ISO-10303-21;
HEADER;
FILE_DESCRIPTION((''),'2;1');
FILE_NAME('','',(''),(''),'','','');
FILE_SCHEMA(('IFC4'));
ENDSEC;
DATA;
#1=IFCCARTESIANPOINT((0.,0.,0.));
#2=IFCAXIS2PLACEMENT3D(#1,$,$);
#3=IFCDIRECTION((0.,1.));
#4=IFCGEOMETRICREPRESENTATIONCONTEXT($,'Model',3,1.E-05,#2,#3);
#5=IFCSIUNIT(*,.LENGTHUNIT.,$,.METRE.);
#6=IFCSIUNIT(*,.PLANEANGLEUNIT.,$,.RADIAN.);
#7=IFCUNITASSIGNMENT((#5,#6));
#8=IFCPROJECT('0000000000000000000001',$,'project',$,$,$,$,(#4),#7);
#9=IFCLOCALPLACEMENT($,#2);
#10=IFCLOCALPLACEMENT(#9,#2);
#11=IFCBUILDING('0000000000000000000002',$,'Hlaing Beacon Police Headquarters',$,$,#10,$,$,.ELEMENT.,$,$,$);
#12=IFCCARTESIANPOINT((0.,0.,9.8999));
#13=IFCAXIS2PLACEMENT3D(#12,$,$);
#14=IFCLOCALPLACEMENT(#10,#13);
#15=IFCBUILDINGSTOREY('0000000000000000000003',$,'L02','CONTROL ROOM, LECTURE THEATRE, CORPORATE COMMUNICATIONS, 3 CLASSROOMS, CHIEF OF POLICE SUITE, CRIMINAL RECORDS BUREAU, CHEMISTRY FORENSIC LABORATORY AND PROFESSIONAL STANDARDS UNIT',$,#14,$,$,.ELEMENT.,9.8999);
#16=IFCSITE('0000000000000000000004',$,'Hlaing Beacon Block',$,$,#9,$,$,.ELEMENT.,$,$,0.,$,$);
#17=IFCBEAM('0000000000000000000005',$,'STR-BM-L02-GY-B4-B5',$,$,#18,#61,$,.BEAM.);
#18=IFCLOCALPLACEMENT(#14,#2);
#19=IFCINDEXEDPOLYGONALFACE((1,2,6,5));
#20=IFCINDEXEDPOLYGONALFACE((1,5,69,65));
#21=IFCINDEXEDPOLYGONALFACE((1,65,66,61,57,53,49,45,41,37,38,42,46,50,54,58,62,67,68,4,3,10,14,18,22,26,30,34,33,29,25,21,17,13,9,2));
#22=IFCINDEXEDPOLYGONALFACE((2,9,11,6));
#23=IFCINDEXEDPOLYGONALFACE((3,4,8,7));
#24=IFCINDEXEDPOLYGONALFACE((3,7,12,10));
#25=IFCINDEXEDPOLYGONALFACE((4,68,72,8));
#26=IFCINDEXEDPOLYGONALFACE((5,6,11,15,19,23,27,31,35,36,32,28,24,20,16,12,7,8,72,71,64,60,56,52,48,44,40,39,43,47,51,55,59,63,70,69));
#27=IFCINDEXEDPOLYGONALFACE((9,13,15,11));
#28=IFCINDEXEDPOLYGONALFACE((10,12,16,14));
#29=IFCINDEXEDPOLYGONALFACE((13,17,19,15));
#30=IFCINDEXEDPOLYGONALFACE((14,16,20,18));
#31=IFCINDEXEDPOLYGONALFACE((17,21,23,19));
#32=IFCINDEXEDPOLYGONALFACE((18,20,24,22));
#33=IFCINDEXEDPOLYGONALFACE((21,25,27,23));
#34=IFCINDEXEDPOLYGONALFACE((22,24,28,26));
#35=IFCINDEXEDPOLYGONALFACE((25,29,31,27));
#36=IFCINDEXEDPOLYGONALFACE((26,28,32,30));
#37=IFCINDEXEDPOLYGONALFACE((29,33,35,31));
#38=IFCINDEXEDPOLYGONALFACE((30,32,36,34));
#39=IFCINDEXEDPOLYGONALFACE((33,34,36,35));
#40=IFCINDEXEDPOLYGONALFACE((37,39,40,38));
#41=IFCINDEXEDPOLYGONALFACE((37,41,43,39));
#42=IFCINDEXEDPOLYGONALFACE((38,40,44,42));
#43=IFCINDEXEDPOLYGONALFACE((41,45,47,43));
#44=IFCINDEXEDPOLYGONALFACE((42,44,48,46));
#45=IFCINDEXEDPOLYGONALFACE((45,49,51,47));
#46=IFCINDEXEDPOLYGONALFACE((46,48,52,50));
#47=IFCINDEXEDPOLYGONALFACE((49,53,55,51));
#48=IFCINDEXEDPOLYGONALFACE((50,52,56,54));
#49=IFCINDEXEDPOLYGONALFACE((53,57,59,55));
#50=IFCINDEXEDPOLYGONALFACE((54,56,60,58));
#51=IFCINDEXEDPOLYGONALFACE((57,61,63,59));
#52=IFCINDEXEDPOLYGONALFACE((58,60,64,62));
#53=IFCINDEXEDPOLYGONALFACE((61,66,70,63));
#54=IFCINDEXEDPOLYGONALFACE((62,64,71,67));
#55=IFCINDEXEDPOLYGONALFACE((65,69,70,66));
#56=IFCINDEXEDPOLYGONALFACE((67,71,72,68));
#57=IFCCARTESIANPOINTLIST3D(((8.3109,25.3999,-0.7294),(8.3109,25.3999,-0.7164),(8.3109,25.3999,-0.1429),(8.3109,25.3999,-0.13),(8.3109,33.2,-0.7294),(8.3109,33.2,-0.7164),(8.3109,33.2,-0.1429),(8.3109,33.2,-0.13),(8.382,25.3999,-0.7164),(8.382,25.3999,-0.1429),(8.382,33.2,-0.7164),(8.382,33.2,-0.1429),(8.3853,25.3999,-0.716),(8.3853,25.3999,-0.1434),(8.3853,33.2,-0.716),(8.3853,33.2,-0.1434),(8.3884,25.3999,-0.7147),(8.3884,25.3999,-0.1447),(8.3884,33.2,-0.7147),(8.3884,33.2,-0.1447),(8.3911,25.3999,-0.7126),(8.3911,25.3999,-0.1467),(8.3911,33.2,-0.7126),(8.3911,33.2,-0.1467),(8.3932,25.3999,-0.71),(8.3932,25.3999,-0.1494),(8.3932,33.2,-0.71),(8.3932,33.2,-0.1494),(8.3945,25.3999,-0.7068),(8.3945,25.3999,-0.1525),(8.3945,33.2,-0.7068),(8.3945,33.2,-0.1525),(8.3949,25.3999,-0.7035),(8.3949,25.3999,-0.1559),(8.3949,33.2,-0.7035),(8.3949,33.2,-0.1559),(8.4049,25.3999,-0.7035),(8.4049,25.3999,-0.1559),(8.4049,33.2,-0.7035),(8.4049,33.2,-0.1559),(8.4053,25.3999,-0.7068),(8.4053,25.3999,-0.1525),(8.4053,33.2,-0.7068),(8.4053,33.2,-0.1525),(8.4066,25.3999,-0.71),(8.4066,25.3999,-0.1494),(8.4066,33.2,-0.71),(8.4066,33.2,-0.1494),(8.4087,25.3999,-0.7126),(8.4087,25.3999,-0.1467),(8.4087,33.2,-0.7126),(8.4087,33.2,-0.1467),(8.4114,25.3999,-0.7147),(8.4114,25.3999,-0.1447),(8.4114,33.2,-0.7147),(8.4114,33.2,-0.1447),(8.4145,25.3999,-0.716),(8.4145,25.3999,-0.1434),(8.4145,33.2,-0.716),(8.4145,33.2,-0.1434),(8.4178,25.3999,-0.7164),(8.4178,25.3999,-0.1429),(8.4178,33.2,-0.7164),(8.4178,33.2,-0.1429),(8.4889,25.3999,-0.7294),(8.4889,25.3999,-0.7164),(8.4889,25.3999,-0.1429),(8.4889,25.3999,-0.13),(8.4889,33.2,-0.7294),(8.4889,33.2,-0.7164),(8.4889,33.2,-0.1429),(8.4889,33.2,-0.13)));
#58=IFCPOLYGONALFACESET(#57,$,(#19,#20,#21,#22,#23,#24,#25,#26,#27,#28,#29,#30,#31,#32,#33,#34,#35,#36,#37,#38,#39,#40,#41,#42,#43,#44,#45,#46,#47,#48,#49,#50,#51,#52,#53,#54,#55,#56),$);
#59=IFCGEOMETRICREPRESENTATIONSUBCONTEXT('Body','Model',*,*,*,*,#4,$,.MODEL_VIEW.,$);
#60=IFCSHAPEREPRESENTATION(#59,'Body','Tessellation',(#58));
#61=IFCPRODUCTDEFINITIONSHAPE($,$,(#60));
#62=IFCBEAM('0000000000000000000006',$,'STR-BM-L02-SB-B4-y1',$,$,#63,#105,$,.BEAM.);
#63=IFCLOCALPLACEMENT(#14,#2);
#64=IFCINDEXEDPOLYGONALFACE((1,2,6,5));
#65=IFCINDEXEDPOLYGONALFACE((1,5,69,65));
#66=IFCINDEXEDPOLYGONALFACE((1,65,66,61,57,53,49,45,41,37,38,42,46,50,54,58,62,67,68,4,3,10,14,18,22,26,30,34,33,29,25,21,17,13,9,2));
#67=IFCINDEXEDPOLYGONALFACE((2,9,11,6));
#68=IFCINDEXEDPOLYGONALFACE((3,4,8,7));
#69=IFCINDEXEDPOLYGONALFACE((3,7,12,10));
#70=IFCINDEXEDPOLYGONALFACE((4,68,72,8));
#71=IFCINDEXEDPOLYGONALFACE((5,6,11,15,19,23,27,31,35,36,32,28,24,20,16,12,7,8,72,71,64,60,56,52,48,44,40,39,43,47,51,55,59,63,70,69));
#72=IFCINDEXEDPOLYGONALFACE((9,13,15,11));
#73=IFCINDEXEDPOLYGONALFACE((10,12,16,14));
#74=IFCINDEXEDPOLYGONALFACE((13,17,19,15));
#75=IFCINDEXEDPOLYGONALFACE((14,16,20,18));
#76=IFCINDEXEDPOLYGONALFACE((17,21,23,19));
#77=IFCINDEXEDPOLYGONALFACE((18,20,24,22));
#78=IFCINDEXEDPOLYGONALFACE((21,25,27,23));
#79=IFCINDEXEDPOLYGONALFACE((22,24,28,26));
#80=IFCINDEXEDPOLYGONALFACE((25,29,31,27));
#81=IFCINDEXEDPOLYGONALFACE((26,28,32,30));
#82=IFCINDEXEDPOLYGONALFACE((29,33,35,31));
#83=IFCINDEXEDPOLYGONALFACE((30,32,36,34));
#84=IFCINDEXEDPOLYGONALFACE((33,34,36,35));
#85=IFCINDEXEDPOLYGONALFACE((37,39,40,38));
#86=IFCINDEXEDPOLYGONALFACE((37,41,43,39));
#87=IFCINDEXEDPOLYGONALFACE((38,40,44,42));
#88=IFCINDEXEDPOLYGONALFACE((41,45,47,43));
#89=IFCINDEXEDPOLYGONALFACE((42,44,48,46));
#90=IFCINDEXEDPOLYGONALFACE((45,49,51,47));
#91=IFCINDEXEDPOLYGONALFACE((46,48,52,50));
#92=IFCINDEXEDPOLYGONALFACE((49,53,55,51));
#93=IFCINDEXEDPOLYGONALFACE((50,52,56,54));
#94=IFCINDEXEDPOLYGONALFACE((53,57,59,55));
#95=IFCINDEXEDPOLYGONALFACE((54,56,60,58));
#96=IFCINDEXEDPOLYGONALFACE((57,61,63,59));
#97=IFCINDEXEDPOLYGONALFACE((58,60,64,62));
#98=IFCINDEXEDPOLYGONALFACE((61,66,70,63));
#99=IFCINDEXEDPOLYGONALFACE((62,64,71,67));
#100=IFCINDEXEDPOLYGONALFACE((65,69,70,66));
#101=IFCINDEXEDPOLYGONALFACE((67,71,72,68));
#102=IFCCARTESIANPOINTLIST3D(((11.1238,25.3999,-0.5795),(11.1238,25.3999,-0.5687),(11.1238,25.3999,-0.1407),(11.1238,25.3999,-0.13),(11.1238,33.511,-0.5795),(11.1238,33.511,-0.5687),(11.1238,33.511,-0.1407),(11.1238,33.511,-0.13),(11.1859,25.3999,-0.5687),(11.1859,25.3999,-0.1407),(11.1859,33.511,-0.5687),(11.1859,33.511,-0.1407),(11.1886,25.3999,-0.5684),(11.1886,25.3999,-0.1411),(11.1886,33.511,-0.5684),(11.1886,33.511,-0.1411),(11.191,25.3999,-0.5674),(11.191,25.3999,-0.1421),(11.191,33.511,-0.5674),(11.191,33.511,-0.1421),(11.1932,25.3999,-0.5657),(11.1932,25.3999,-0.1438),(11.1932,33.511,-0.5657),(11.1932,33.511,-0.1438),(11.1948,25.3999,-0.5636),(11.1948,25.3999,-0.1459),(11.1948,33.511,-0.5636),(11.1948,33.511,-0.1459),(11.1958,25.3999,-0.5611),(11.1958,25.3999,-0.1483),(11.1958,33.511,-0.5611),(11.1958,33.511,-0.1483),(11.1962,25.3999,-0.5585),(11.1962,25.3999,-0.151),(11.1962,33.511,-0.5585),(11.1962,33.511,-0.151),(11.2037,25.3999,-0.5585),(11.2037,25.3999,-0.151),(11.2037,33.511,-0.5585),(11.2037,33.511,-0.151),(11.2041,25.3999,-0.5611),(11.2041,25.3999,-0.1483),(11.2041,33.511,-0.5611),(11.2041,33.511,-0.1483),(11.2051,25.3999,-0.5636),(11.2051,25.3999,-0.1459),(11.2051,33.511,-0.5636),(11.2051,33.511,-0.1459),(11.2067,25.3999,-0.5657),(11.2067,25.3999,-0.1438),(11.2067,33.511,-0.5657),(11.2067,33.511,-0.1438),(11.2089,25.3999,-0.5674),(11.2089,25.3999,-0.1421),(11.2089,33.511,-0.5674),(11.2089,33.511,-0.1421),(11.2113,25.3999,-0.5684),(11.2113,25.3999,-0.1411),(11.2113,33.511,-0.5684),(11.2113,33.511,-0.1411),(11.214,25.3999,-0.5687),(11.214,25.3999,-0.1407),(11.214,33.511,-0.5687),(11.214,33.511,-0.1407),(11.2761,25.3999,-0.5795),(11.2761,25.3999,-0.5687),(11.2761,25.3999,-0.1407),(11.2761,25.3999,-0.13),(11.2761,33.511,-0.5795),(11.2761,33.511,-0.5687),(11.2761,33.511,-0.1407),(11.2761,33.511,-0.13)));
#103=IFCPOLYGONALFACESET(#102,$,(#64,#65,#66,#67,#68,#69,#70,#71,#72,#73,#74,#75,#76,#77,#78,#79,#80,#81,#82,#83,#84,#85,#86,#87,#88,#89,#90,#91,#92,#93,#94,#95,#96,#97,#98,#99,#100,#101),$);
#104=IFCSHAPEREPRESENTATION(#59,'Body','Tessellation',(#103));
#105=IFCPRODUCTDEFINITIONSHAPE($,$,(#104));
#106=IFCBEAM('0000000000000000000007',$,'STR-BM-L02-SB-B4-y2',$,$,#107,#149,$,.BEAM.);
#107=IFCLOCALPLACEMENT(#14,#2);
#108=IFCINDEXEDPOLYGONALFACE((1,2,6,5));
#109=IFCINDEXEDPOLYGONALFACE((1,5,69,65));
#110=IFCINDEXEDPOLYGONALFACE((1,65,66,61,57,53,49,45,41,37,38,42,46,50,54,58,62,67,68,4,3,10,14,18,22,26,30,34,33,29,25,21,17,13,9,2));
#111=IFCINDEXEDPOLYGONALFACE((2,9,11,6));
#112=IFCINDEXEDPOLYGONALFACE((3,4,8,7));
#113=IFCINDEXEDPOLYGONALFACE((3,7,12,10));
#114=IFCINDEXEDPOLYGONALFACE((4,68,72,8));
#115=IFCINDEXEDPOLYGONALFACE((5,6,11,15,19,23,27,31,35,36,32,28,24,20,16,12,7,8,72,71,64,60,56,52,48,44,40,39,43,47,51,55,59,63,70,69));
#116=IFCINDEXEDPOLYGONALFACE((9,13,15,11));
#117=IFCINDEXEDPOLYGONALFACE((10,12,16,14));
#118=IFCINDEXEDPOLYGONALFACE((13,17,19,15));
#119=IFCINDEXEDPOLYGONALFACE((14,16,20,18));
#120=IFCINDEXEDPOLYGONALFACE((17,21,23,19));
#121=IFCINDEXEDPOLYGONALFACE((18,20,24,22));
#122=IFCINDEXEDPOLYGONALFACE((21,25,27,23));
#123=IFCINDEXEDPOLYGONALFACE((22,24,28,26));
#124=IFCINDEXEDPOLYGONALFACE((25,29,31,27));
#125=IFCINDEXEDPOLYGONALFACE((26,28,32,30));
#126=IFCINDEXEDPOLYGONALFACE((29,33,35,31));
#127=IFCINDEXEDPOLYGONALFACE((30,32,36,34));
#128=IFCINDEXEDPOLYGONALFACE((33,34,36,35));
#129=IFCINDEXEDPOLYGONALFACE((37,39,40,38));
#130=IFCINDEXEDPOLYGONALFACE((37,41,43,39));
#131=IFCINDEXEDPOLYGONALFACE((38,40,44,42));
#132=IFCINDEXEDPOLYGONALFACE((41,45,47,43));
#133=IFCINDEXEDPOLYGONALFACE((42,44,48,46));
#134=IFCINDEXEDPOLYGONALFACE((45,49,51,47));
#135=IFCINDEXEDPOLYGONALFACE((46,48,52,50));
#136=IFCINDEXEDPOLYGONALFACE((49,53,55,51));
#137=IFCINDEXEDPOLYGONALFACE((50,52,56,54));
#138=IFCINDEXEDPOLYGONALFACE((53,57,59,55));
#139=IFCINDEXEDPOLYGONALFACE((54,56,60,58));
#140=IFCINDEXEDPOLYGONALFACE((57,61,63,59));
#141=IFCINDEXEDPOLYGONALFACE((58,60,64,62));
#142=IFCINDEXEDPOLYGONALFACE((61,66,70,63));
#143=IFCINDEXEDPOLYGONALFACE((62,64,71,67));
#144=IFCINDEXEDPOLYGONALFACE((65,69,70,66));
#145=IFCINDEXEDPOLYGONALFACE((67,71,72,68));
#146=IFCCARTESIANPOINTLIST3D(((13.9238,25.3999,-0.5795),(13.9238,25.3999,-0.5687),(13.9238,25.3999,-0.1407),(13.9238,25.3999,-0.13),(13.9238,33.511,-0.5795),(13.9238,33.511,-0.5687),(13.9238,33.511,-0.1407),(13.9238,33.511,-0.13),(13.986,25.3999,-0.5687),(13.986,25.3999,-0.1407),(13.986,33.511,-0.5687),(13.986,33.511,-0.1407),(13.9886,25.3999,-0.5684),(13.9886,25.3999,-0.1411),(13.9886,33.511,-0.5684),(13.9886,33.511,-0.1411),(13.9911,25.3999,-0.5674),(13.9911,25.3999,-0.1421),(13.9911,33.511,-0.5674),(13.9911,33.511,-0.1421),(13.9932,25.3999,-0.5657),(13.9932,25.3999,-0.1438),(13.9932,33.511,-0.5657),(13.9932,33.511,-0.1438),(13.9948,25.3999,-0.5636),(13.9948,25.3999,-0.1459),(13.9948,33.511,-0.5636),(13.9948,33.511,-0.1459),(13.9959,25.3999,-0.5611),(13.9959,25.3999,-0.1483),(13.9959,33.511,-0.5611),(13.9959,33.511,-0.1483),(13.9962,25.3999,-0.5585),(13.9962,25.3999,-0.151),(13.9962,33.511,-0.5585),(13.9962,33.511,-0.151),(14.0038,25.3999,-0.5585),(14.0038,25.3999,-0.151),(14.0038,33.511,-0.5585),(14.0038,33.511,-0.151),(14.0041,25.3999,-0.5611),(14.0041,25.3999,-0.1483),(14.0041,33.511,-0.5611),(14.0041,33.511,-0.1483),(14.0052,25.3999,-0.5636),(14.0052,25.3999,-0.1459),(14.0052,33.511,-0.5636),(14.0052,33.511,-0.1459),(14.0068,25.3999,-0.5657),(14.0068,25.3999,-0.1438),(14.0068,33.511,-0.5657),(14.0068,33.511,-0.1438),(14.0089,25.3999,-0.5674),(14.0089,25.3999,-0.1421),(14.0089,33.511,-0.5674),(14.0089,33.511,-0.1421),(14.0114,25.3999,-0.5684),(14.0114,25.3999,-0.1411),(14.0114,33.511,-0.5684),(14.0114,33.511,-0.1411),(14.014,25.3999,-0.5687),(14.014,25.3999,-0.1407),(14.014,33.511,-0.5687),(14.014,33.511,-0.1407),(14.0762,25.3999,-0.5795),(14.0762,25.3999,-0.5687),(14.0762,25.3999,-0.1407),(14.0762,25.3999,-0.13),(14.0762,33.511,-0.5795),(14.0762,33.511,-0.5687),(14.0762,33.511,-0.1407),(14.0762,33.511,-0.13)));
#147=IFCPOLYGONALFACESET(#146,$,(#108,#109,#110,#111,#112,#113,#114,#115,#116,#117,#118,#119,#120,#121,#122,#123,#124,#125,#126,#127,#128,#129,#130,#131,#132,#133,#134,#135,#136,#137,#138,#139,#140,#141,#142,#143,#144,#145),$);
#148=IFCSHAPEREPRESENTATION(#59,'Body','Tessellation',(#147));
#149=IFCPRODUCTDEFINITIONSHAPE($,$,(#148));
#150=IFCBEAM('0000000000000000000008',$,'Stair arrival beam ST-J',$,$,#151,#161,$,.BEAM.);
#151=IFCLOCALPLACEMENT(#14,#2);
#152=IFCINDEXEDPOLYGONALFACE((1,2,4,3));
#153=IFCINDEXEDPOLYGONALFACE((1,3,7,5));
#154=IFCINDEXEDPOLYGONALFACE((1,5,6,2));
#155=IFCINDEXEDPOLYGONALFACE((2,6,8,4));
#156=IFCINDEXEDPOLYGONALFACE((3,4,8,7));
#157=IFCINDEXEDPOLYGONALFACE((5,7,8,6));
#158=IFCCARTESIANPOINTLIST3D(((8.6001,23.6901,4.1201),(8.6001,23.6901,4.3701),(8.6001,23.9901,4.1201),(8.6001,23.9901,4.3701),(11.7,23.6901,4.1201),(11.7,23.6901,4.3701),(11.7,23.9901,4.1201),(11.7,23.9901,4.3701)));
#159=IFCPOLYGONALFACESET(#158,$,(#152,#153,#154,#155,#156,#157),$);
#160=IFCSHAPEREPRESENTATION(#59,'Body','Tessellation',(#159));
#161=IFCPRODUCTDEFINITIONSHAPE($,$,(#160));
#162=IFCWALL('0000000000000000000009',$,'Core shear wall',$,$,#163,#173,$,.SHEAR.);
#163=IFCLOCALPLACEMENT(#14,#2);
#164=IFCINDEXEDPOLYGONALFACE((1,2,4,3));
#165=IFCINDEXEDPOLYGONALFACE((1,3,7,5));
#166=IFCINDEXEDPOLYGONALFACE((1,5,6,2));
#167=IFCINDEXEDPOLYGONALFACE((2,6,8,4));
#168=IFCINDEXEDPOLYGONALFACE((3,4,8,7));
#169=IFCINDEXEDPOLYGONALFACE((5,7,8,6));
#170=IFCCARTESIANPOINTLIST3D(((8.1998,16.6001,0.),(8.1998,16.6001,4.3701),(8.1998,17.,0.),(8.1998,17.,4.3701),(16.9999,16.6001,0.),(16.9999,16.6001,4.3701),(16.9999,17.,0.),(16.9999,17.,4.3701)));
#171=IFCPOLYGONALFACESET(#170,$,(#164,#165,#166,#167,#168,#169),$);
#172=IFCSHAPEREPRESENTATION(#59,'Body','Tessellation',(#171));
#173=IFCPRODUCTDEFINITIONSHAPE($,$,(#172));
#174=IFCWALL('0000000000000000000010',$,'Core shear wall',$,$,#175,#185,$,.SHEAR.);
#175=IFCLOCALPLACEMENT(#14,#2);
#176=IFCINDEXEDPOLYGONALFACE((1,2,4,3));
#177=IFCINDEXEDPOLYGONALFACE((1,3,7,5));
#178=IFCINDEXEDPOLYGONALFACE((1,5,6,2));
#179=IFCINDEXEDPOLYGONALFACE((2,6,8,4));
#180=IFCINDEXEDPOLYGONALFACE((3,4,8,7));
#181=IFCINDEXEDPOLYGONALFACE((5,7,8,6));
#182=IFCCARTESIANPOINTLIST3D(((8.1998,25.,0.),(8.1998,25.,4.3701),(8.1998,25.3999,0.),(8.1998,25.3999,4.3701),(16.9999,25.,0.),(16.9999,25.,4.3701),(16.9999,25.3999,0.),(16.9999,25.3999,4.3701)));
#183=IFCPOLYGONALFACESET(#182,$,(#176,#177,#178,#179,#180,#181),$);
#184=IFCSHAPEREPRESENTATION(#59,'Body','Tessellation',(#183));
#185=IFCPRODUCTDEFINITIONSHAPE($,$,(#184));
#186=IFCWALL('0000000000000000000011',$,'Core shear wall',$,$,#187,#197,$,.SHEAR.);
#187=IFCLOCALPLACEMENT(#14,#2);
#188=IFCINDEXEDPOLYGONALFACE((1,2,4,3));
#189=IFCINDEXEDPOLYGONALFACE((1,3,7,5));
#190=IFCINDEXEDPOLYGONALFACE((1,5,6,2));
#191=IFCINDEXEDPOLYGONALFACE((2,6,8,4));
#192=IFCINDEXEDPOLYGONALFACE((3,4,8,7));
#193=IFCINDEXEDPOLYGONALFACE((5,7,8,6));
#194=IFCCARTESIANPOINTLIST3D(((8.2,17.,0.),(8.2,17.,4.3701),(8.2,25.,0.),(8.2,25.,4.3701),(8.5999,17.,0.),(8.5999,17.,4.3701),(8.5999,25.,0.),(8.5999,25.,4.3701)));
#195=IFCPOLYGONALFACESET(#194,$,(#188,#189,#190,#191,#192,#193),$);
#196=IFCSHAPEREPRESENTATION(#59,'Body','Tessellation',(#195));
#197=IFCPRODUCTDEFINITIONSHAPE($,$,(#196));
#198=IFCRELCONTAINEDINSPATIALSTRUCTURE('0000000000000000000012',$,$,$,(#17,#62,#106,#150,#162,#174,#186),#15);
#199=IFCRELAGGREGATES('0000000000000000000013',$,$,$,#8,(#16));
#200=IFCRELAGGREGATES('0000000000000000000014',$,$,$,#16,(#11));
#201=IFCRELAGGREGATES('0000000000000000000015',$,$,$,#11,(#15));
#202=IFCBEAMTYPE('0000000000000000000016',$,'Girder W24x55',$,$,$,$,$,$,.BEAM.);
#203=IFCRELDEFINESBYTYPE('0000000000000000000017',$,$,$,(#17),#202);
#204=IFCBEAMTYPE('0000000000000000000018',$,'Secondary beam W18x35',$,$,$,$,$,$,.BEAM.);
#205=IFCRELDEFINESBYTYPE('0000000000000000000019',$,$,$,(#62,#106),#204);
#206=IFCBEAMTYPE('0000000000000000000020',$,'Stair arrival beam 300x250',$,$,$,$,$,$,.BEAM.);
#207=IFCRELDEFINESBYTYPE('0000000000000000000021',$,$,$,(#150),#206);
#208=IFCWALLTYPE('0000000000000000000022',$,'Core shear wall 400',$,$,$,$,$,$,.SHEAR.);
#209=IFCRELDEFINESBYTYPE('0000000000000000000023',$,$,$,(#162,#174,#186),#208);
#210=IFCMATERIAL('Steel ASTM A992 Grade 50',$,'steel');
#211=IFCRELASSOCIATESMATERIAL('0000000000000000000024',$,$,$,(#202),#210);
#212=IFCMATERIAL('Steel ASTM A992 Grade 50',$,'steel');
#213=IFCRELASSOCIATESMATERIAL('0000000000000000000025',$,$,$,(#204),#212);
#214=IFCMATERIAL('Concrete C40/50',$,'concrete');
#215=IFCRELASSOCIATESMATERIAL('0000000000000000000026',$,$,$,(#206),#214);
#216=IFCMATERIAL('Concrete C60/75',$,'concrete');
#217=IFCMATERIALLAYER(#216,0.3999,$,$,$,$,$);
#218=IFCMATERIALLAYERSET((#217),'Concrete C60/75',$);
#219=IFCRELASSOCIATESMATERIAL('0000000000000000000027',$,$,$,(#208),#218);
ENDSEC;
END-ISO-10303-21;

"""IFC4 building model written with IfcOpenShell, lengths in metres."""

from ifc_helpers import new_model, si_unit, direction, frame, frame_2d, origin, origin_2d, place, context, subcontext, project, spatial, rectangle, i_section, extrude, material, layer, layer_set, material_profile, profile_set, type_object, element, save


model = new_model("IFC4")

# Units and contexts
model_context = context("Model", 3, precision=1e-05, world=origin(), true_north=direction((0.0, 1.0)))
body_context = subcontext(model_context, "Body", "Model", "MODEL_VIEW")
ifc_project = project(units=[si_unit("LENGTHUNIT", "METRE"), si_unit("PLANEANGLEUNIT", "RADIAN")], contexts=[model_context])

# Site, building, storey
site_placement = place(None, origin())
site = spatial("IfcSite", under=ifc_project, at=site_placement, Name="Hlaing Beacon Block", CompositionType="ELEMENT", RefElevation=0.0)
building_placement = place(site_placement, origin())
building = spatial("IfcBuilding", under=site, at=building_placement, Name="Hlaing Beacon Police Headquarters", CompositionType="ELEMENT")
storey_placement = place(building_placement, frame((0.0, 0.0, 9.8999)))
storey = spatial("IfcBuildingStorey", under=building, at=storey_placement, Name="L02", Description="CONTROL ROOM, LECTURE THEATRE, CORPORATE COMMUNICATIONS, 3 CLASSROOMS, CHIEF OF POLICE SUITE, CRIMINAL RECORDS BUREAU, CHEMISTRY FORENSIC LABORATORY AND PROFESSIONAL STANDARDS UNIT", CompositionType="ELEMENT", Elevation=9.8999)

# Beams
ifc_material_1 = material(Name="Steel ASTM A992 Grade 50", Category="steel")
ifc_material_profile_1 = material_profile(ifc_material_1, i_section(OverallWidth=0.178, OverallDepth=0.5994, WebThickness=0.01, FlangeThickness=0.0129, FilletRadius=0.0129, at=origin_2d()), Name="W24x55")
ifc_profile_set_1 = profile_set([ifc_material_profile_1], Name="Steel ASTM A992 Grade 50")
beam_type_1 = type_object("IfcBeamType", Name="Girder W24x55", PredefinedType="BEAM", material=ifc_profile_set_1)
beam_1_placement = place(storey_placement, frame((8.3999, 25.3999, -0.4297), z_axis=(0.0, 1.0, 0.0), x_axis=(-1.0, 0.0, 0.0)))
element("IfcBeam", 1, at=beam_1_placement, inside=storey, type_object=beam_type_1, Name="STR-BM-L02-GY-B4-B5", PredefinedType="BEAM", context=body_context, shape_type="SweptSolid", body=[
    extrude(i_section(OverallWidth=0.178, OverallDepth=0.5994, WebThickness=0.01, FlangeThickness=0.0129, FilletRadius=0.0129, at=origin_2d()), origin(), (0.0, 0.0, 1.0), 7.8),
])
ifc_material_2 = material(Name="Steel ASTM A992 Grade 50", Category="steel")
ifc_material_profile_2 = material_profile(ifc_material_2, i_section(OverallWidth=0.1523, OverallDepth=0.4495, WebThickness=0.0076, FlangeThickness=0.0107, FilletRadius=0.0103, at=origin_2d()), Name="W18x35")
ifc_profile_set_2 = profile_set([ifc_material_profile_2], Name="Steel ASTM A992 Grade 50")
beam_type_2 = type_object("IfcBeamType", Name="Secondary beam W18x35", PredefinedType="BEAM", material=ifc_profile_set_2)
for number, where, z_axis, x_axis, name in (
    (2, (11.2, 25.3999, -0.3547), (0.0, 1.0, 0.0), (-1.0, 0.0, 0.0), "STR-BM-L02-SB-B4-y1"),
    (3, (14.0, 25.3999, -0.3547), (0.0, 1.0, 0.0), (-1.0, 0.0, 0.0), "STR-BM-L02-SB-B4-y2"),
):
    element("IfcBeam", number, at=place(storey_placement, frame(where, z_axis=z_axis, x_axis=x_axis)), inside=storey, type_object=beam_type_2, Name=name, PredefinedType="BEAM", context=body_context, shape_type="SweptSolid", body=[
        extrude(i_section(OverallWidth=0.1523, OverallDepth=0.4495, WebThickness=0.0076, FlangeThickness=0.0107, FilletRadius=0.0103, at=origin_2d()), origin(), (0.0, 0.0, 1.0), 8.1111),
    ])
ifc_material_3 = material(Name="Concrete C40/50", Category="concrete")
ifc_material_profile_3 = material_profile(ifc_material_3, rectangle(XDim=0.3, YDim=0.25, at=origin_2d()), Name="Stair arrival beam 300x250")
ifc_profile_set_3 = profile_set([ifc_material_profile_3], Name="Concrete C40/50")
beam_type_3 = type_object("IfcBeamType", Name="Stair arrival beam 300x250", PredefinedType="BEAM", material=ifc_profile_set_3)
beam_2_placement = place(storey_placement, frame((8.6001, 23.8401, 4.2451), z_axis=(1.0, 0.0, 0.0), x_axis=(0.0, 1.0, 0.0)))
element("IfcBeam", 4, at=beam_2_placement, inside=storey, type_object=beam_type_3, Name="Stair arrival beam ST-J", PredefinedType="BEAM", context=body_context, shape_type="SweptSolid", body=[
    extrude(rectangle(XDim=0.3, YDim=0.25, at=origin_2d()), origin(), (0.0, 0.0, 1.0), 3.0999),
])

# Walls
ifc_material_4 = material(Name="Concrete C60/75", Category="concrete")
ifc_layer_1 = layer(ifc_material_4, 0.3999)
ifc_layer_set_1 = layer_set([ifc_layer_1], Name="Concrete C60/75")
wall_type_1 = type_object("IfcWallType", Name="Core shear wall 400", PredefinedType="SHEAR", material=ifc_layer_set_1)
for number, where, z_axis, x_axis, name in (
    (5, (8.2, 16.8, 0.0), (0.0, 0.0, 1.0), (1.0, 0.0, 0.0), "Core shear wall"),
    (6, (8.2, 25.2, 0.0), (0.0, 0.0, 1.0), (1.0, 0.0, 0.0), "Core shear wall"),
):
    element("IfcWall", number, at=place(storey_placement, frame(where, z_axis=z_axis, x_axis=x_axis)), inside=storey, type_object=wall_type_1, Name=name, PredefinedType="SHEAR", context=body_context, shape_type="SweptSolid", body=[
        extrude(rectangle(XDim=8.8, YDim=0.3999, at=frame_2d((4.3999, 0.0))), origin(), (0.0, 0.0, 1.0), 4.3701),
    ])
wall_1_placement = place(storey_placement, frame((8.3999, 17.0, 0.0), z_axis=(0.0, 0.0, 1.0), x_axis=(0.0, 1.0, 0.0)))
element("IfcWall", 7, at=wall_1_placement, inside=storey, type_object=wall_type_1, Name="Core shear wall", PredefinedType="SHEAR", context=body_context, shape_type="SweptSolid", body=[
    extrude(rectangle(XDim=8.0, YDim=0.3999, at=frame_2d((4.0, 0.0))), origin(), (0.0, 0.0, 1.0), 4.3701),
])

save(model, "model.ifc")
